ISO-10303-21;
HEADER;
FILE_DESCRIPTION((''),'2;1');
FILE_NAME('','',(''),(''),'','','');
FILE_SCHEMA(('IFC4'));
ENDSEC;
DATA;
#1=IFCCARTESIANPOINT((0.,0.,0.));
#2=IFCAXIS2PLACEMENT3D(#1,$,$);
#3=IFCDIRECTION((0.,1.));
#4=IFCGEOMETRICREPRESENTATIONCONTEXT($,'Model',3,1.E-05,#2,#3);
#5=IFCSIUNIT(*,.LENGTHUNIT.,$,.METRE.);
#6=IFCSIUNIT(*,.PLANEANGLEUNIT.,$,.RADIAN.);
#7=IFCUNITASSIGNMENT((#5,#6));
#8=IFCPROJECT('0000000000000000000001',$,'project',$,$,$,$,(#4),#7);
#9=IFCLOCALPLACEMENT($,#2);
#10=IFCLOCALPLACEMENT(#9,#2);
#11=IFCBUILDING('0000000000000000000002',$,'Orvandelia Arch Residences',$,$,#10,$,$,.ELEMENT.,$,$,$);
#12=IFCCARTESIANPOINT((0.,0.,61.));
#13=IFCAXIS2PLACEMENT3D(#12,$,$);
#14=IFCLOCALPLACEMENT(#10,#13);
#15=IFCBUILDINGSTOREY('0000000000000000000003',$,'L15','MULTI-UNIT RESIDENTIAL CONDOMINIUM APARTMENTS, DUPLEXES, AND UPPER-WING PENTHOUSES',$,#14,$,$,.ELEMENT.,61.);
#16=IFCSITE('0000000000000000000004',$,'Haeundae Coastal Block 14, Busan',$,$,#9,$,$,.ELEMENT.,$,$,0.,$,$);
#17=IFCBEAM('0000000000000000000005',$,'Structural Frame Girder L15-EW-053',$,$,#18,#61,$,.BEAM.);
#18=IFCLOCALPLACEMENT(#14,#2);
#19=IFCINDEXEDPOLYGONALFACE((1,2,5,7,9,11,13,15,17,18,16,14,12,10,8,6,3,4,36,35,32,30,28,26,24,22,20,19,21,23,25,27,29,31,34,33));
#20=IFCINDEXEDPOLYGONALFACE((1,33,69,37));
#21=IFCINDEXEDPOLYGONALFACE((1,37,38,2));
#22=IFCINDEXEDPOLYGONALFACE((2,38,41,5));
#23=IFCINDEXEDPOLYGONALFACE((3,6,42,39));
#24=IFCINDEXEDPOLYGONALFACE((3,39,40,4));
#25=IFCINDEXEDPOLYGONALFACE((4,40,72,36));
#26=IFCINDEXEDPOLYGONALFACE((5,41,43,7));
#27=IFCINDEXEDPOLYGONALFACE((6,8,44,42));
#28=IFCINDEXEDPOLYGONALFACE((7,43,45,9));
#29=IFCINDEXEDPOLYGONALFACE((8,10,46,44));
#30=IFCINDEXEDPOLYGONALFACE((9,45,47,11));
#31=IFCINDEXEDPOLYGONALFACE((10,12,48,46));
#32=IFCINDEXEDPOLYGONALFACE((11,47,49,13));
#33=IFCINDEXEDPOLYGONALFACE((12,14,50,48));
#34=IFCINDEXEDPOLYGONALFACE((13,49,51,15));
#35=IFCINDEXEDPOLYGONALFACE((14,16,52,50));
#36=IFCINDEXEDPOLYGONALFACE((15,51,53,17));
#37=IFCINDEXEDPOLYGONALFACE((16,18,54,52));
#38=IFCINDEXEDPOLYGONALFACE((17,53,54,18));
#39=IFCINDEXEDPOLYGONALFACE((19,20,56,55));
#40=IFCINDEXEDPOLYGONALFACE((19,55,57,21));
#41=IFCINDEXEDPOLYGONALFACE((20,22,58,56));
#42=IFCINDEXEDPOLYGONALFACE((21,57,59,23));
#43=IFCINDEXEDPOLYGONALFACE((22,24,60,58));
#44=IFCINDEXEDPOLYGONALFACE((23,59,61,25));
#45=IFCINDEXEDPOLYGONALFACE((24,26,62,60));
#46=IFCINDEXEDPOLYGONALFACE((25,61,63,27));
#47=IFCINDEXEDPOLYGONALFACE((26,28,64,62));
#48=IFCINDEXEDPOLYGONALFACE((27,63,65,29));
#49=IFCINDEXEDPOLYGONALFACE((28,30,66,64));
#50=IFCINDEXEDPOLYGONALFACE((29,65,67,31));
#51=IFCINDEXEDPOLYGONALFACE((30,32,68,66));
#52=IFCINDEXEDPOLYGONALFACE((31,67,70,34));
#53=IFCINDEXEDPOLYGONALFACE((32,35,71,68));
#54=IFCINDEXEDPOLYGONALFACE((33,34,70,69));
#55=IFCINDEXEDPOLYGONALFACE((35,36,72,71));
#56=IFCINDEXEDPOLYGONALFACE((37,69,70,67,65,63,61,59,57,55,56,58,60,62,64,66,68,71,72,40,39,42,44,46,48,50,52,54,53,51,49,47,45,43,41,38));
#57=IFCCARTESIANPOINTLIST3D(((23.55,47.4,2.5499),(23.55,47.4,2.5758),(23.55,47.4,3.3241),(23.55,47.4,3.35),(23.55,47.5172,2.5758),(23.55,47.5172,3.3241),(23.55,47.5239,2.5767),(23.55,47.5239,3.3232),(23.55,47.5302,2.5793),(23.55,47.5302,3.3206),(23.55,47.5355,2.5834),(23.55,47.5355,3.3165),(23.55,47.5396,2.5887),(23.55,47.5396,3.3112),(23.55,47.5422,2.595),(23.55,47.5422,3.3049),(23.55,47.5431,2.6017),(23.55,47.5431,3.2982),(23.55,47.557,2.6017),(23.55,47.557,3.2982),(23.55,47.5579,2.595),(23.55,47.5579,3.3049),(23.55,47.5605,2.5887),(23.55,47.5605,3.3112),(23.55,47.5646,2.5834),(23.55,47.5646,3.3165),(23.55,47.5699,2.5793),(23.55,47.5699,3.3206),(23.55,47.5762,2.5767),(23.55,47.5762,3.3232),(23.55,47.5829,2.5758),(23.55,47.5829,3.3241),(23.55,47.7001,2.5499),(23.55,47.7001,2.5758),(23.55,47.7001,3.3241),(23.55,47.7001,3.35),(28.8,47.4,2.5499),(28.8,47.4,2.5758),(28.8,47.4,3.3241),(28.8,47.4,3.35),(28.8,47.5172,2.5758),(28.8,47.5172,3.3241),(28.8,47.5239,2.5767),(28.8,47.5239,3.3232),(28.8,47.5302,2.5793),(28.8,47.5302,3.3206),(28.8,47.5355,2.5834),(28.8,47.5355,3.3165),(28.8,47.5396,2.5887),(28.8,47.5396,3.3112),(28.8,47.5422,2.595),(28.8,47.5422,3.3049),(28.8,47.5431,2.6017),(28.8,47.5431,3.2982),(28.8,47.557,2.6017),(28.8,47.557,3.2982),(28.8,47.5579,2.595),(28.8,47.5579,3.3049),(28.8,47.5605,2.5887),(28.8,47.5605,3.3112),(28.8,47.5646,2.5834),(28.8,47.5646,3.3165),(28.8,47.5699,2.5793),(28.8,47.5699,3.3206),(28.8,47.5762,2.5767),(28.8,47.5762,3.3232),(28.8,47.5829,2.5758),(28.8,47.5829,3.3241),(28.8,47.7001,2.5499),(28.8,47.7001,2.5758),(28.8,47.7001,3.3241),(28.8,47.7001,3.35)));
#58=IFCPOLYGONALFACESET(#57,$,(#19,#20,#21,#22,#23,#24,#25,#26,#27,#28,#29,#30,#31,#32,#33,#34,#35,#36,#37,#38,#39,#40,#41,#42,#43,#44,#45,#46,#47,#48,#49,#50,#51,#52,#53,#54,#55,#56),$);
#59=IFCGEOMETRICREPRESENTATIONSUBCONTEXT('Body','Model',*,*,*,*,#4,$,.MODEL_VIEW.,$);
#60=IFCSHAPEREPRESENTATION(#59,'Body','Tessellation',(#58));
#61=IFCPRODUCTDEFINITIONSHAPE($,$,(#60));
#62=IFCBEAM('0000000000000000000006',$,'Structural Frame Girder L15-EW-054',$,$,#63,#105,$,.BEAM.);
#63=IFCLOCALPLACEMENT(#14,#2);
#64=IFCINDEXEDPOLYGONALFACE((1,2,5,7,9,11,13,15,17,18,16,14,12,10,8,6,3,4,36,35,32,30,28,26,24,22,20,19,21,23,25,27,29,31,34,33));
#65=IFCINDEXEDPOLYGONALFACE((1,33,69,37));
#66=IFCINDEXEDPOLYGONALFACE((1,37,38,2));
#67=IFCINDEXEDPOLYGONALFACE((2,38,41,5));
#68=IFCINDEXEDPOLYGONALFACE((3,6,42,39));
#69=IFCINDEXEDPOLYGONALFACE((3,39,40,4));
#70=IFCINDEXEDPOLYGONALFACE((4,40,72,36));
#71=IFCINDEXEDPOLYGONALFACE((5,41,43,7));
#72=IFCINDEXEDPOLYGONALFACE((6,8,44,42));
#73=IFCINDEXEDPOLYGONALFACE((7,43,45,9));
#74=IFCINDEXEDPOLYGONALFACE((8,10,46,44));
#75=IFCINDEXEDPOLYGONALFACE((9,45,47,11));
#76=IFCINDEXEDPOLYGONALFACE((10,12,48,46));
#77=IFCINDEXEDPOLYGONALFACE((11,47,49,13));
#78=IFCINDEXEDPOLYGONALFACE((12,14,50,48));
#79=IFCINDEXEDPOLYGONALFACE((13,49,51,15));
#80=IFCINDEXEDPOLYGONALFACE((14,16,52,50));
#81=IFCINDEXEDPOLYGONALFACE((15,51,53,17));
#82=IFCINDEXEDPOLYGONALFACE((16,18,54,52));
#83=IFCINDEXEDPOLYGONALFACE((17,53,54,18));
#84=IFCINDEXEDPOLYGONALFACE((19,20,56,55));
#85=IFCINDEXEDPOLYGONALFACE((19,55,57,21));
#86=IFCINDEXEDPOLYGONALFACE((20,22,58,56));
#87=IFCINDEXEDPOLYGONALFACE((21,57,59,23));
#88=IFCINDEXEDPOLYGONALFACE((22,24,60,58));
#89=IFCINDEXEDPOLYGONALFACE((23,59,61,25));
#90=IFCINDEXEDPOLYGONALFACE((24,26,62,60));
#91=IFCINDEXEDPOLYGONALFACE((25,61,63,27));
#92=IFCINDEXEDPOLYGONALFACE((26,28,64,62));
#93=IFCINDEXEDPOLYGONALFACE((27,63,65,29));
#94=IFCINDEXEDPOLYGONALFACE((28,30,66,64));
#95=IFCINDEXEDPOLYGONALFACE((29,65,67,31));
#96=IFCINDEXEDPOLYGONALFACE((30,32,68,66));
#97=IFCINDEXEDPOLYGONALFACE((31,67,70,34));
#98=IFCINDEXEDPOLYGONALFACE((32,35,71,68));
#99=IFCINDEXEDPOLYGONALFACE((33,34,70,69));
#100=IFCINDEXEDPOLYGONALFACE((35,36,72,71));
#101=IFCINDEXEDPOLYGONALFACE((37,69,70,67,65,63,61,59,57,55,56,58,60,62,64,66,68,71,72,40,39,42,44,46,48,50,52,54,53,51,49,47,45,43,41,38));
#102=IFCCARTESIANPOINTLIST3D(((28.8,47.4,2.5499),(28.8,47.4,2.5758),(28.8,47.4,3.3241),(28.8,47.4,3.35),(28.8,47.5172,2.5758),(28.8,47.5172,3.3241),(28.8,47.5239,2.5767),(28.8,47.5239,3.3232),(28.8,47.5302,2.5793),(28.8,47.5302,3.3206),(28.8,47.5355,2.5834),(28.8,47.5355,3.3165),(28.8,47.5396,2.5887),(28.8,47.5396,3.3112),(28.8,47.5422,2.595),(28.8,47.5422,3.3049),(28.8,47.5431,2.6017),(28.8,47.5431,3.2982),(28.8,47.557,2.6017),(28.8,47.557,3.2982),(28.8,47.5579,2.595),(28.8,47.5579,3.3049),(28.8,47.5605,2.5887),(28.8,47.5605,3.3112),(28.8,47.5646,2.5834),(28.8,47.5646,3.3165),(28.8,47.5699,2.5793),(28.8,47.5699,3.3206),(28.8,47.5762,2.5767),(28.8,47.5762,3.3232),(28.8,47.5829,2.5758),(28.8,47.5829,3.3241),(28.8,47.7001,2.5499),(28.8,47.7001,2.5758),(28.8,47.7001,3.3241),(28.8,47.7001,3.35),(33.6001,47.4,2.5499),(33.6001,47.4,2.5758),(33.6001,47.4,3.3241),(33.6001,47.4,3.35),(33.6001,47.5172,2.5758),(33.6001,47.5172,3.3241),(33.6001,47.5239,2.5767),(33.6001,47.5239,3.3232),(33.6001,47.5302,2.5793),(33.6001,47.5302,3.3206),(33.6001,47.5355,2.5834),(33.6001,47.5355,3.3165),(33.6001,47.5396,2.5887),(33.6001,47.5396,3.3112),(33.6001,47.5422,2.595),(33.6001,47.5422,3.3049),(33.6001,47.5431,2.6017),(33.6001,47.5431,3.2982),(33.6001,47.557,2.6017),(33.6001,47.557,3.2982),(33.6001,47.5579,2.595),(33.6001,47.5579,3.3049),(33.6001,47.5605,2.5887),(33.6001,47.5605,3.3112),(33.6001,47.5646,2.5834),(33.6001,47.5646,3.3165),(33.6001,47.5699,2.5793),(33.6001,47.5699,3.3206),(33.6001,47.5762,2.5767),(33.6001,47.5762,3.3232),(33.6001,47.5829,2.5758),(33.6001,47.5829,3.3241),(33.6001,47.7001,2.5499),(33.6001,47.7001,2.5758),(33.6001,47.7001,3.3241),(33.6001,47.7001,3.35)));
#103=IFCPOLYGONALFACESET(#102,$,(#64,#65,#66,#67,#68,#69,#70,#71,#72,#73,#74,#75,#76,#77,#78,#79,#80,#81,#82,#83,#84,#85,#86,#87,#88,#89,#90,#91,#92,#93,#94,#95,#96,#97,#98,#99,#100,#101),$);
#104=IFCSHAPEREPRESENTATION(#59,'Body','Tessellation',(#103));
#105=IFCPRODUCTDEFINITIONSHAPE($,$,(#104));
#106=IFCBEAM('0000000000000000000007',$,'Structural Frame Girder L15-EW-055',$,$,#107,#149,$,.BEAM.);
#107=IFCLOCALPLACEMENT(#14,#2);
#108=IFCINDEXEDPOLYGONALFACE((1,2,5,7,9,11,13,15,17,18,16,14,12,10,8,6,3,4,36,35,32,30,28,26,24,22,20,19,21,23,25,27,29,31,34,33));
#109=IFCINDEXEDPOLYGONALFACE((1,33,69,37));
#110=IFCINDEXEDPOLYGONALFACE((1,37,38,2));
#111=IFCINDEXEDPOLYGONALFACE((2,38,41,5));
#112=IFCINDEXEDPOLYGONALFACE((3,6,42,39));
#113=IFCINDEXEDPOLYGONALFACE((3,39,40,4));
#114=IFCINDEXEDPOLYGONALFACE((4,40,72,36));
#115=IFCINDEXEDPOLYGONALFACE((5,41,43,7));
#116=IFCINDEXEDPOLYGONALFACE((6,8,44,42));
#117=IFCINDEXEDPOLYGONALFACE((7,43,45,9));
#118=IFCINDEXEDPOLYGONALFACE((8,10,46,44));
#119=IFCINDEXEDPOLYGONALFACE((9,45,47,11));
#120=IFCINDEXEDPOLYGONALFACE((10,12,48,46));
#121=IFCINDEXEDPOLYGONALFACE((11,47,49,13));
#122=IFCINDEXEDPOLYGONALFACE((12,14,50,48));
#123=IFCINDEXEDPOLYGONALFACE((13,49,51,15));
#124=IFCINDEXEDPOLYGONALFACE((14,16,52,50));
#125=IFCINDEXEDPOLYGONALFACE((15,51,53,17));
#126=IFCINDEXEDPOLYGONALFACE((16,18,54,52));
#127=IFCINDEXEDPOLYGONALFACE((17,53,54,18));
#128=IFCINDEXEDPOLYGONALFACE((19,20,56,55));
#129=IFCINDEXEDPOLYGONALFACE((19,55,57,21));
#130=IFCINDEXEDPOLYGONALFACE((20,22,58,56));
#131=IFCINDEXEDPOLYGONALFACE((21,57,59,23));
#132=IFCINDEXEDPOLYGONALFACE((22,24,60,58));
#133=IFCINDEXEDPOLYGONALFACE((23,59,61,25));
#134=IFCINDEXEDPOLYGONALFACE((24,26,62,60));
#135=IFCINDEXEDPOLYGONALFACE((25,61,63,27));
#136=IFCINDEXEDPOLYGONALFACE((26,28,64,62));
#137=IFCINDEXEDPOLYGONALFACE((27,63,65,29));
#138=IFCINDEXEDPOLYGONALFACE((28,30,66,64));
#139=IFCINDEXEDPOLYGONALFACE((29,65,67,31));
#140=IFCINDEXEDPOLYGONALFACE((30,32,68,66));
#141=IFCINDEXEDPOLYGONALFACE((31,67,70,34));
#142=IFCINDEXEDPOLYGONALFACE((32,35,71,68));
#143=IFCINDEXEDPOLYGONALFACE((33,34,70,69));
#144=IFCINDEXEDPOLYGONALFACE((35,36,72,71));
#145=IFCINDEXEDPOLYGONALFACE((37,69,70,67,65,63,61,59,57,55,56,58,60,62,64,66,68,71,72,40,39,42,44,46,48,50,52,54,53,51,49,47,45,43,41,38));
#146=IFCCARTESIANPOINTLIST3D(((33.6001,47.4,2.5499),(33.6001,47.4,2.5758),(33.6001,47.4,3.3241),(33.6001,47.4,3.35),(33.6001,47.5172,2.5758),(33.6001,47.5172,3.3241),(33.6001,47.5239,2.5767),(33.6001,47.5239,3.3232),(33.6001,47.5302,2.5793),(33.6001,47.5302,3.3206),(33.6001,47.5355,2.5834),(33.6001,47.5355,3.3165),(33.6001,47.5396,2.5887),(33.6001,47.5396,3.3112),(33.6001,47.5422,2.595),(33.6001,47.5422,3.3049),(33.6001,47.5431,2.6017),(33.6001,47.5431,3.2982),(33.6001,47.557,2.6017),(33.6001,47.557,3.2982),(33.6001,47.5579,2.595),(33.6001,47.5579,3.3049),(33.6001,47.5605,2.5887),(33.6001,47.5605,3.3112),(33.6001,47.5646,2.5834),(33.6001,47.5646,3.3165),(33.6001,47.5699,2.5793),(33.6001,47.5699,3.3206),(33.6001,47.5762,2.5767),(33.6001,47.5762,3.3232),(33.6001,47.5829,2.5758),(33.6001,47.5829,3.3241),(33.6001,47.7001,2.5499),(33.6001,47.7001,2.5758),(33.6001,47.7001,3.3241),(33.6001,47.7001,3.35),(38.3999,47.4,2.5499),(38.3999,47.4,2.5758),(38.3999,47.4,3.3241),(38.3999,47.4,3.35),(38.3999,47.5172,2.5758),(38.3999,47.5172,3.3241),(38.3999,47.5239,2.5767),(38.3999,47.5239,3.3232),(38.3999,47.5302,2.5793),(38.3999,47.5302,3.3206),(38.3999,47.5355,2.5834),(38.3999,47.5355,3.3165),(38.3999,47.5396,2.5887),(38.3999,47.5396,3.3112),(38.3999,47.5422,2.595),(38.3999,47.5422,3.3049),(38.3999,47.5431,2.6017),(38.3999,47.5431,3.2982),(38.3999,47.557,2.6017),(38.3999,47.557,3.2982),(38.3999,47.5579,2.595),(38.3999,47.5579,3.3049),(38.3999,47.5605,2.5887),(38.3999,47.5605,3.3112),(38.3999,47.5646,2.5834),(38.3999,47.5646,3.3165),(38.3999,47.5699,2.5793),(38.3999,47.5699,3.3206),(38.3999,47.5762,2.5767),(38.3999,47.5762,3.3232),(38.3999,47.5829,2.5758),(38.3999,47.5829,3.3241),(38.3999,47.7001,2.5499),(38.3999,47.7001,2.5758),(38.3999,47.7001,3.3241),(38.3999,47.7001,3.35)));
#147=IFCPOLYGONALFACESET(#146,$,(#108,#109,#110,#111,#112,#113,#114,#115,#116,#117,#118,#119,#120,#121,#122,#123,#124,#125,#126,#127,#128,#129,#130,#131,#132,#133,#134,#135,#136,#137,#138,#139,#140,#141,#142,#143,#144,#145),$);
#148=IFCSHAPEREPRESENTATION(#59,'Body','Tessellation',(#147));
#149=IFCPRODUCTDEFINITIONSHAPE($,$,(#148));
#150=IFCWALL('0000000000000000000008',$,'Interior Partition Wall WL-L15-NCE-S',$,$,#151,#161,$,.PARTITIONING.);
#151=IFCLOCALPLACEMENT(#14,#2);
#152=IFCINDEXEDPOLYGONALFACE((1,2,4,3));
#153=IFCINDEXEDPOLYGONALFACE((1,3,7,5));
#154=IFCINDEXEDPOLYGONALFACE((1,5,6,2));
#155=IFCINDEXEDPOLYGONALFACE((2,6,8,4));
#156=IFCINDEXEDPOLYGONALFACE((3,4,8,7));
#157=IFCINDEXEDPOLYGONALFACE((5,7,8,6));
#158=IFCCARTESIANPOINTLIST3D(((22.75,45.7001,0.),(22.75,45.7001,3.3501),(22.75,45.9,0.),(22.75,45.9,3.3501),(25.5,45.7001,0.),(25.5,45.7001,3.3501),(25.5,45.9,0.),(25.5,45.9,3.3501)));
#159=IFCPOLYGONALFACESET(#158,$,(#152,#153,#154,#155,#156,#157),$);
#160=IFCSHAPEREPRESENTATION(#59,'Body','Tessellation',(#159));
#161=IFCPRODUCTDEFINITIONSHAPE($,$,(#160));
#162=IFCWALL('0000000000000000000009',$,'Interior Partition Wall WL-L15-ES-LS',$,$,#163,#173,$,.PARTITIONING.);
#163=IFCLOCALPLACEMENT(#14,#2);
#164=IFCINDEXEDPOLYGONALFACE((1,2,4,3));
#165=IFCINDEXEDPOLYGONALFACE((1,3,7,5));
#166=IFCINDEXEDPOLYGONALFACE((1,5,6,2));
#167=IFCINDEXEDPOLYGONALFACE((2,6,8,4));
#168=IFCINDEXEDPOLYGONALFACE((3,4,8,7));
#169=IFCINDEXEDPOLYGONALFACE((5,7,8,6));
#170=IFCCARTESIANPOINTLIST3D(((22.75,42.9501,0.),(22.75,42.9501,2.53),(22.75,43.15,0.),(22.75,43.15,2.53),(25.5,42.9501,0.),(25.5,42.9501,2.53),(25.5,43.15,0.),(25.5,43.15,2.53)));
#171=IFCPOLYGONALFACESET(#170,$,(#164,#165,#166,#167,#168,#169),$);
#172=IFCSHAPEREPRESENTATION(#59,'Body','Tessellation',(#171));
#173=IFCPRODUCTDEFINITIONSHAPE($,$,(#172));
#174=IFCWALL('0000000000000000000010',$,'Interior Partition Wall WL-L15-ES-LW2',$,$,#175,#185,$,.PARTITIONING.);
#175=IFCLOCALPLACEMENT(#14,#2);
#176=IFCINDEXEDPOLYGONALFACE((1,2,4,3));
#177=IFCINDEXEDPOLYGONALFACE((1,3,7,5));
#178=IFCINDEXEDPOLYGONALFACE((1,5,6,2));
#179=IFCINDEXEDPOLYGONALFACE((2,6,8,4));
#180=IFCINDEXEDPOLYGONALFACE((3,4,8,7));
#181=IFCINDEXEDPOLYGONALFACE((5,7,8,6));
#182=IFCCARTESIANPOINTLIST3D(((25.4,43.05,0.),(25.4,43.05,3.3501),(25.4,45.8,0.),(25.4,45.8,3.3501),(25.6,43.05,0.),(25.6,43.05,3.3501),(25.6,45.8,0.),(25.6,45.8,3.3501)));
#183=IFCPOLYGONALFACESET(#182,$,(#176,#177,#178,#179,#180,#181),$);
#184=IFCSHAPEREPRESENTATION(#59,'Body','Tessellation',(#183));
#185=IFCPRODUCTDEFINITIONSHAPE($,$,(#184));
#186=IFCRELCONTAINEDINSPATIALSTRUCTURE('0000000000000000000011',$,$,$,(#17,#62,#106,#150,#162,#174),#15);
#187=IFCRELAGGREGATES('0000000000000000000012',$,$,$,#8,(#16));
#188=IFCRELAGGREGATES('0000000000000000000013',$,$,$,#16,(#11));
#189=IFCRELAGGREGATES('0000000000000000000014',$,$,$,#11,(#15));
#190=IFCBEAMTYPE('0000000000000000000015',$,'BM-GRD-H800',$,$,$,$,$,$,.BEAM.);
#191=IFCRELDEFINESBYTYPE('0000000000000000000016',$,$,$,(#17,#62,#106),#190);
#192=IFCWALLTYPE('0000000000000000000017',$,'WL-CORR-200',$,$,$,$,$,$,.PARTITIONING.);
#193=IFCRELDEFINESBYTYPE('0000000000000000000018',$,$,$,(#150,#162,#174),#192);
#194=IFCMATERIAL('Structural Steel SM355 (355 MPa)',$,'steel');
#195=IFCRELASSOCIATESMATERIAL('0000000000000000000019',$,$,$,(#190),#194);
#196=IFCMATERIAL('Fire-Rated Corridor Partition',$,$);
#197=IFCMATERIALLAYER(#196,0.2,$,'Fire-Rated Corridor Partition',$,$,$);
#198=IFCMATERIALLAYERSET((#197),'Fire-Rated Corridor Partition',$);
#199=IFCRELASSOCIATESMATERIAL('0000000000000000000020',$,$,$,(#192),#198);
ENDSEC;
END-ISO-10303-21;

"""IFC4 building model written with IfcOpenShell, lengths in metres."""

from ifc_helpers import new_model, si_unit, direction, frame, frame_2d, origin, origin_2d, place, context, subcontext, project, spatial, rectangle, i_section, extrude, material, layer, layer_set, material_profile, profile_set, type_object, element, save


model = new_model("IFC4")

# Units and contexts
model_context = context("Model", 3, precision=1e-05, world=origin(), true_north=direction((0.0, 1.0)))
body_context = subcontext(model_context, "Body", "Model", "MODEL_VIEW")
ifc_project = project(units=[si_unit("LENGTHUNIT", "METRE"), si_unit("PLANEANGLEUNIT", "RADIAN")], contexts=[model_context])

# Site, building, storey
site_placement = place(None, origin())
site = spatial("IfcSite", under=ifc_project, at=site_placement, Name="Haeundae Coastal Block 14, Busan", CompositionType="ELEMENT", RefElevation=0.0)
building_placement = place(site_placement, origin())
building = spatial("IfcBuilding", under=site, at=building_placement, Name="Orvandelia Arch Residences", CompositionType="ELEMENT")
storey_placement = place(building_placement, frame((0.0, 0.0, 61.0)))
storey = spatial("IfcBuildingStorey", under=building, at=storey_placement, Name="L15", Description="MULTI-UNIT RESIDENTIAL CONDOMINIUM APARTMENTS, DUPLEXES, AND UPPER-WING PENTHOUSES", CompositionType="ELEMENT", Elevation=61.0)

# Beams
ifc_material_1 = material(Name="Structural Steel SM355 (355 MPa)", Category="steel")
ifc_material_profile_1 = material_profile(ifc_material_1, i_section(OverallWidth=0.3, OverallDepth=0.8, WebThickness=0.0139, FlangeThickness=0.0259, FilletRadius=0.0259, at=origin_2d()), Name="Structural Steel SM355 (355 MPa)", Category="steel")
ifc_profile_set_1 = profile_set([ifc_material_profile_1], Name="Structural Steel SM355 (355 MPa)")
beam_type = type_object("IfcBeamType", Name="BM-GRD-H800", PredefinedType="BEAM", material=ifc_profile_set_1)
beam_1_placement = place(storey_placement, frame((23.55, 47.55, 2.95), z_axis=(1.0, 0.0, 0.0), x_axis=(0.0, 1.0, 0.0)))
element("IfcBeam", 1, at=beam_1_placement, inside=storey, type_object=beam_type, Name="Structural Frame Girder L15-EW-053", PredefinedType="BEAM", context=body_context, shape_type="SweptSolid", body=[
    extrude(i_section(OverallWidth=0.3, OverallDepth=0.8, WebThickness=0.0139, FlangeThickness=0.0259, FilletRadius=0.0259, at=origin_2d()), origin(), (0.0, 0.0, 1.0), 5.25),
])
beam_2_placement = place(storey_placement, frame((28.8, 47.55, 2.95), z_axis=(1.0, 0.0, 0.0), x_axis=(0.0, 1.0, 0.0)))
element("IfcBeam", 2, at=beam_2_placement, inside=storey, type_object=beam_type, Name="Structural Frame Girder L15-EW-054", PredefinedType="BEAM", context=body_context, shape_type="SweptSolid", body=[
    extrude(i_section(OverallWidth=0.3, OverallDepth=0.8, WebThickness=0.0139, FlangeThickness=0.0259, FilletRadius=0.0259, at=origin_2d()), origin(), (0.0, 0.0, 1.0), 4.8),
])
beam_3_placement = place(storey_placement, frame((33.6001, 47.55, 2.95), z_axis=(1.0, 0.0, 0.0), x_axis=(0.0, 1.0, 0.0)))
element("IfcBeam", 3, at=beam_3_placement, inside=storey, type_object=beam_type, Name="Structural Frame Girder L15-EW-055", PredefinedType="BEAM", context=body_context, shape_type="SweptSolid", body=[
    extrude(i_section(OverallWidth=0.3, OverallDepth=0.8, WebThickness=0.0139, FlangeThickness=0.0259, FilletRadius=0.0259, at=origin_2d()), origin(), (0.0, 0.0, 1.0), 4.7998),
])

# Walls
ifc_material_2 = material(Name="Fire-Rated Corridor Partition")
ifc_layer_1 = layer(ifc_material_2, 0.2, Name="Fire-Rated Corridor Partition")
ifc_layer_set_1 = layer_set([ifc_layer_1], Name="Fire-Rated Corridor Partition")
wall_type_1 = type_object("IfcWallType", Name="WL-CORR-200", PredefinedType="PARTITIONING", material=ifc_layer_set_1)
wall_1_placement = place(storey_placement, frame((22.75, 45.8, 0.0), z_axis=(0.0, 0.0, 1.0), x_axis=(1.0, 0.0, 0.0)))
element("IfcWall", 4, at=wall_1_placement, inside=storey, type_object=wall_type_1, Name="Interior Partition Wall WL-L15-NCE-S", PredefinedType="PARTITIONING", context=body_context, shape_type="SweptSolid", body=[
    extrude(rectangle(XDim=2.75, YDim=0.2, at=frame_2d((1.375, 0.0))), origin(), (0.0, 0.0, 1.0), 3.3501),
])
wall_2_placement = place(storey_placement, frame((22.75, 43.05, 0.0), z_axis=(0.0, 0.0, 1.0), x_axis=(1.0, 0.0, 0.0)))
element("IfcWall", 5, at=wall_2_placement, inside=storey, type_object=wall_type_1, Name="Interior Partition Wall WL-L15-ES-LS", PredefinedType="PARTITIONING", context=body_context, shape_type="SweptSolid", body=[
    extrude(rectangle(XDim=2.75, YDim=0.2, at=frame_2d((1.375, 0.0))), origin(), (0.0, 0.0, 1.0), 2.53),
])
wall_3_placement = place(storey_placement, frame((25.5, 43.05, 0.0), z_axis=(0.0, 0.0, 1.0), x_axis=(0.0, 1.0, 0.0)))
element("IfcWall", 6, at=wall_3_placement, inside=storey, type_object=wall_type_1, Name="Interior Partition Wall WL-L15-ES-LW2", PredefinedType="PARTITIONING", context=body_context, shape_type="SweptSolid", body=[
    extrude(rectangle(XDim=2.75, YDim=0.2, at=frame_2d((1.375, 0.0))), origin(), (0.0, 0.0, 1.0), 3.3501),
])

save(model, "model.ifc")
